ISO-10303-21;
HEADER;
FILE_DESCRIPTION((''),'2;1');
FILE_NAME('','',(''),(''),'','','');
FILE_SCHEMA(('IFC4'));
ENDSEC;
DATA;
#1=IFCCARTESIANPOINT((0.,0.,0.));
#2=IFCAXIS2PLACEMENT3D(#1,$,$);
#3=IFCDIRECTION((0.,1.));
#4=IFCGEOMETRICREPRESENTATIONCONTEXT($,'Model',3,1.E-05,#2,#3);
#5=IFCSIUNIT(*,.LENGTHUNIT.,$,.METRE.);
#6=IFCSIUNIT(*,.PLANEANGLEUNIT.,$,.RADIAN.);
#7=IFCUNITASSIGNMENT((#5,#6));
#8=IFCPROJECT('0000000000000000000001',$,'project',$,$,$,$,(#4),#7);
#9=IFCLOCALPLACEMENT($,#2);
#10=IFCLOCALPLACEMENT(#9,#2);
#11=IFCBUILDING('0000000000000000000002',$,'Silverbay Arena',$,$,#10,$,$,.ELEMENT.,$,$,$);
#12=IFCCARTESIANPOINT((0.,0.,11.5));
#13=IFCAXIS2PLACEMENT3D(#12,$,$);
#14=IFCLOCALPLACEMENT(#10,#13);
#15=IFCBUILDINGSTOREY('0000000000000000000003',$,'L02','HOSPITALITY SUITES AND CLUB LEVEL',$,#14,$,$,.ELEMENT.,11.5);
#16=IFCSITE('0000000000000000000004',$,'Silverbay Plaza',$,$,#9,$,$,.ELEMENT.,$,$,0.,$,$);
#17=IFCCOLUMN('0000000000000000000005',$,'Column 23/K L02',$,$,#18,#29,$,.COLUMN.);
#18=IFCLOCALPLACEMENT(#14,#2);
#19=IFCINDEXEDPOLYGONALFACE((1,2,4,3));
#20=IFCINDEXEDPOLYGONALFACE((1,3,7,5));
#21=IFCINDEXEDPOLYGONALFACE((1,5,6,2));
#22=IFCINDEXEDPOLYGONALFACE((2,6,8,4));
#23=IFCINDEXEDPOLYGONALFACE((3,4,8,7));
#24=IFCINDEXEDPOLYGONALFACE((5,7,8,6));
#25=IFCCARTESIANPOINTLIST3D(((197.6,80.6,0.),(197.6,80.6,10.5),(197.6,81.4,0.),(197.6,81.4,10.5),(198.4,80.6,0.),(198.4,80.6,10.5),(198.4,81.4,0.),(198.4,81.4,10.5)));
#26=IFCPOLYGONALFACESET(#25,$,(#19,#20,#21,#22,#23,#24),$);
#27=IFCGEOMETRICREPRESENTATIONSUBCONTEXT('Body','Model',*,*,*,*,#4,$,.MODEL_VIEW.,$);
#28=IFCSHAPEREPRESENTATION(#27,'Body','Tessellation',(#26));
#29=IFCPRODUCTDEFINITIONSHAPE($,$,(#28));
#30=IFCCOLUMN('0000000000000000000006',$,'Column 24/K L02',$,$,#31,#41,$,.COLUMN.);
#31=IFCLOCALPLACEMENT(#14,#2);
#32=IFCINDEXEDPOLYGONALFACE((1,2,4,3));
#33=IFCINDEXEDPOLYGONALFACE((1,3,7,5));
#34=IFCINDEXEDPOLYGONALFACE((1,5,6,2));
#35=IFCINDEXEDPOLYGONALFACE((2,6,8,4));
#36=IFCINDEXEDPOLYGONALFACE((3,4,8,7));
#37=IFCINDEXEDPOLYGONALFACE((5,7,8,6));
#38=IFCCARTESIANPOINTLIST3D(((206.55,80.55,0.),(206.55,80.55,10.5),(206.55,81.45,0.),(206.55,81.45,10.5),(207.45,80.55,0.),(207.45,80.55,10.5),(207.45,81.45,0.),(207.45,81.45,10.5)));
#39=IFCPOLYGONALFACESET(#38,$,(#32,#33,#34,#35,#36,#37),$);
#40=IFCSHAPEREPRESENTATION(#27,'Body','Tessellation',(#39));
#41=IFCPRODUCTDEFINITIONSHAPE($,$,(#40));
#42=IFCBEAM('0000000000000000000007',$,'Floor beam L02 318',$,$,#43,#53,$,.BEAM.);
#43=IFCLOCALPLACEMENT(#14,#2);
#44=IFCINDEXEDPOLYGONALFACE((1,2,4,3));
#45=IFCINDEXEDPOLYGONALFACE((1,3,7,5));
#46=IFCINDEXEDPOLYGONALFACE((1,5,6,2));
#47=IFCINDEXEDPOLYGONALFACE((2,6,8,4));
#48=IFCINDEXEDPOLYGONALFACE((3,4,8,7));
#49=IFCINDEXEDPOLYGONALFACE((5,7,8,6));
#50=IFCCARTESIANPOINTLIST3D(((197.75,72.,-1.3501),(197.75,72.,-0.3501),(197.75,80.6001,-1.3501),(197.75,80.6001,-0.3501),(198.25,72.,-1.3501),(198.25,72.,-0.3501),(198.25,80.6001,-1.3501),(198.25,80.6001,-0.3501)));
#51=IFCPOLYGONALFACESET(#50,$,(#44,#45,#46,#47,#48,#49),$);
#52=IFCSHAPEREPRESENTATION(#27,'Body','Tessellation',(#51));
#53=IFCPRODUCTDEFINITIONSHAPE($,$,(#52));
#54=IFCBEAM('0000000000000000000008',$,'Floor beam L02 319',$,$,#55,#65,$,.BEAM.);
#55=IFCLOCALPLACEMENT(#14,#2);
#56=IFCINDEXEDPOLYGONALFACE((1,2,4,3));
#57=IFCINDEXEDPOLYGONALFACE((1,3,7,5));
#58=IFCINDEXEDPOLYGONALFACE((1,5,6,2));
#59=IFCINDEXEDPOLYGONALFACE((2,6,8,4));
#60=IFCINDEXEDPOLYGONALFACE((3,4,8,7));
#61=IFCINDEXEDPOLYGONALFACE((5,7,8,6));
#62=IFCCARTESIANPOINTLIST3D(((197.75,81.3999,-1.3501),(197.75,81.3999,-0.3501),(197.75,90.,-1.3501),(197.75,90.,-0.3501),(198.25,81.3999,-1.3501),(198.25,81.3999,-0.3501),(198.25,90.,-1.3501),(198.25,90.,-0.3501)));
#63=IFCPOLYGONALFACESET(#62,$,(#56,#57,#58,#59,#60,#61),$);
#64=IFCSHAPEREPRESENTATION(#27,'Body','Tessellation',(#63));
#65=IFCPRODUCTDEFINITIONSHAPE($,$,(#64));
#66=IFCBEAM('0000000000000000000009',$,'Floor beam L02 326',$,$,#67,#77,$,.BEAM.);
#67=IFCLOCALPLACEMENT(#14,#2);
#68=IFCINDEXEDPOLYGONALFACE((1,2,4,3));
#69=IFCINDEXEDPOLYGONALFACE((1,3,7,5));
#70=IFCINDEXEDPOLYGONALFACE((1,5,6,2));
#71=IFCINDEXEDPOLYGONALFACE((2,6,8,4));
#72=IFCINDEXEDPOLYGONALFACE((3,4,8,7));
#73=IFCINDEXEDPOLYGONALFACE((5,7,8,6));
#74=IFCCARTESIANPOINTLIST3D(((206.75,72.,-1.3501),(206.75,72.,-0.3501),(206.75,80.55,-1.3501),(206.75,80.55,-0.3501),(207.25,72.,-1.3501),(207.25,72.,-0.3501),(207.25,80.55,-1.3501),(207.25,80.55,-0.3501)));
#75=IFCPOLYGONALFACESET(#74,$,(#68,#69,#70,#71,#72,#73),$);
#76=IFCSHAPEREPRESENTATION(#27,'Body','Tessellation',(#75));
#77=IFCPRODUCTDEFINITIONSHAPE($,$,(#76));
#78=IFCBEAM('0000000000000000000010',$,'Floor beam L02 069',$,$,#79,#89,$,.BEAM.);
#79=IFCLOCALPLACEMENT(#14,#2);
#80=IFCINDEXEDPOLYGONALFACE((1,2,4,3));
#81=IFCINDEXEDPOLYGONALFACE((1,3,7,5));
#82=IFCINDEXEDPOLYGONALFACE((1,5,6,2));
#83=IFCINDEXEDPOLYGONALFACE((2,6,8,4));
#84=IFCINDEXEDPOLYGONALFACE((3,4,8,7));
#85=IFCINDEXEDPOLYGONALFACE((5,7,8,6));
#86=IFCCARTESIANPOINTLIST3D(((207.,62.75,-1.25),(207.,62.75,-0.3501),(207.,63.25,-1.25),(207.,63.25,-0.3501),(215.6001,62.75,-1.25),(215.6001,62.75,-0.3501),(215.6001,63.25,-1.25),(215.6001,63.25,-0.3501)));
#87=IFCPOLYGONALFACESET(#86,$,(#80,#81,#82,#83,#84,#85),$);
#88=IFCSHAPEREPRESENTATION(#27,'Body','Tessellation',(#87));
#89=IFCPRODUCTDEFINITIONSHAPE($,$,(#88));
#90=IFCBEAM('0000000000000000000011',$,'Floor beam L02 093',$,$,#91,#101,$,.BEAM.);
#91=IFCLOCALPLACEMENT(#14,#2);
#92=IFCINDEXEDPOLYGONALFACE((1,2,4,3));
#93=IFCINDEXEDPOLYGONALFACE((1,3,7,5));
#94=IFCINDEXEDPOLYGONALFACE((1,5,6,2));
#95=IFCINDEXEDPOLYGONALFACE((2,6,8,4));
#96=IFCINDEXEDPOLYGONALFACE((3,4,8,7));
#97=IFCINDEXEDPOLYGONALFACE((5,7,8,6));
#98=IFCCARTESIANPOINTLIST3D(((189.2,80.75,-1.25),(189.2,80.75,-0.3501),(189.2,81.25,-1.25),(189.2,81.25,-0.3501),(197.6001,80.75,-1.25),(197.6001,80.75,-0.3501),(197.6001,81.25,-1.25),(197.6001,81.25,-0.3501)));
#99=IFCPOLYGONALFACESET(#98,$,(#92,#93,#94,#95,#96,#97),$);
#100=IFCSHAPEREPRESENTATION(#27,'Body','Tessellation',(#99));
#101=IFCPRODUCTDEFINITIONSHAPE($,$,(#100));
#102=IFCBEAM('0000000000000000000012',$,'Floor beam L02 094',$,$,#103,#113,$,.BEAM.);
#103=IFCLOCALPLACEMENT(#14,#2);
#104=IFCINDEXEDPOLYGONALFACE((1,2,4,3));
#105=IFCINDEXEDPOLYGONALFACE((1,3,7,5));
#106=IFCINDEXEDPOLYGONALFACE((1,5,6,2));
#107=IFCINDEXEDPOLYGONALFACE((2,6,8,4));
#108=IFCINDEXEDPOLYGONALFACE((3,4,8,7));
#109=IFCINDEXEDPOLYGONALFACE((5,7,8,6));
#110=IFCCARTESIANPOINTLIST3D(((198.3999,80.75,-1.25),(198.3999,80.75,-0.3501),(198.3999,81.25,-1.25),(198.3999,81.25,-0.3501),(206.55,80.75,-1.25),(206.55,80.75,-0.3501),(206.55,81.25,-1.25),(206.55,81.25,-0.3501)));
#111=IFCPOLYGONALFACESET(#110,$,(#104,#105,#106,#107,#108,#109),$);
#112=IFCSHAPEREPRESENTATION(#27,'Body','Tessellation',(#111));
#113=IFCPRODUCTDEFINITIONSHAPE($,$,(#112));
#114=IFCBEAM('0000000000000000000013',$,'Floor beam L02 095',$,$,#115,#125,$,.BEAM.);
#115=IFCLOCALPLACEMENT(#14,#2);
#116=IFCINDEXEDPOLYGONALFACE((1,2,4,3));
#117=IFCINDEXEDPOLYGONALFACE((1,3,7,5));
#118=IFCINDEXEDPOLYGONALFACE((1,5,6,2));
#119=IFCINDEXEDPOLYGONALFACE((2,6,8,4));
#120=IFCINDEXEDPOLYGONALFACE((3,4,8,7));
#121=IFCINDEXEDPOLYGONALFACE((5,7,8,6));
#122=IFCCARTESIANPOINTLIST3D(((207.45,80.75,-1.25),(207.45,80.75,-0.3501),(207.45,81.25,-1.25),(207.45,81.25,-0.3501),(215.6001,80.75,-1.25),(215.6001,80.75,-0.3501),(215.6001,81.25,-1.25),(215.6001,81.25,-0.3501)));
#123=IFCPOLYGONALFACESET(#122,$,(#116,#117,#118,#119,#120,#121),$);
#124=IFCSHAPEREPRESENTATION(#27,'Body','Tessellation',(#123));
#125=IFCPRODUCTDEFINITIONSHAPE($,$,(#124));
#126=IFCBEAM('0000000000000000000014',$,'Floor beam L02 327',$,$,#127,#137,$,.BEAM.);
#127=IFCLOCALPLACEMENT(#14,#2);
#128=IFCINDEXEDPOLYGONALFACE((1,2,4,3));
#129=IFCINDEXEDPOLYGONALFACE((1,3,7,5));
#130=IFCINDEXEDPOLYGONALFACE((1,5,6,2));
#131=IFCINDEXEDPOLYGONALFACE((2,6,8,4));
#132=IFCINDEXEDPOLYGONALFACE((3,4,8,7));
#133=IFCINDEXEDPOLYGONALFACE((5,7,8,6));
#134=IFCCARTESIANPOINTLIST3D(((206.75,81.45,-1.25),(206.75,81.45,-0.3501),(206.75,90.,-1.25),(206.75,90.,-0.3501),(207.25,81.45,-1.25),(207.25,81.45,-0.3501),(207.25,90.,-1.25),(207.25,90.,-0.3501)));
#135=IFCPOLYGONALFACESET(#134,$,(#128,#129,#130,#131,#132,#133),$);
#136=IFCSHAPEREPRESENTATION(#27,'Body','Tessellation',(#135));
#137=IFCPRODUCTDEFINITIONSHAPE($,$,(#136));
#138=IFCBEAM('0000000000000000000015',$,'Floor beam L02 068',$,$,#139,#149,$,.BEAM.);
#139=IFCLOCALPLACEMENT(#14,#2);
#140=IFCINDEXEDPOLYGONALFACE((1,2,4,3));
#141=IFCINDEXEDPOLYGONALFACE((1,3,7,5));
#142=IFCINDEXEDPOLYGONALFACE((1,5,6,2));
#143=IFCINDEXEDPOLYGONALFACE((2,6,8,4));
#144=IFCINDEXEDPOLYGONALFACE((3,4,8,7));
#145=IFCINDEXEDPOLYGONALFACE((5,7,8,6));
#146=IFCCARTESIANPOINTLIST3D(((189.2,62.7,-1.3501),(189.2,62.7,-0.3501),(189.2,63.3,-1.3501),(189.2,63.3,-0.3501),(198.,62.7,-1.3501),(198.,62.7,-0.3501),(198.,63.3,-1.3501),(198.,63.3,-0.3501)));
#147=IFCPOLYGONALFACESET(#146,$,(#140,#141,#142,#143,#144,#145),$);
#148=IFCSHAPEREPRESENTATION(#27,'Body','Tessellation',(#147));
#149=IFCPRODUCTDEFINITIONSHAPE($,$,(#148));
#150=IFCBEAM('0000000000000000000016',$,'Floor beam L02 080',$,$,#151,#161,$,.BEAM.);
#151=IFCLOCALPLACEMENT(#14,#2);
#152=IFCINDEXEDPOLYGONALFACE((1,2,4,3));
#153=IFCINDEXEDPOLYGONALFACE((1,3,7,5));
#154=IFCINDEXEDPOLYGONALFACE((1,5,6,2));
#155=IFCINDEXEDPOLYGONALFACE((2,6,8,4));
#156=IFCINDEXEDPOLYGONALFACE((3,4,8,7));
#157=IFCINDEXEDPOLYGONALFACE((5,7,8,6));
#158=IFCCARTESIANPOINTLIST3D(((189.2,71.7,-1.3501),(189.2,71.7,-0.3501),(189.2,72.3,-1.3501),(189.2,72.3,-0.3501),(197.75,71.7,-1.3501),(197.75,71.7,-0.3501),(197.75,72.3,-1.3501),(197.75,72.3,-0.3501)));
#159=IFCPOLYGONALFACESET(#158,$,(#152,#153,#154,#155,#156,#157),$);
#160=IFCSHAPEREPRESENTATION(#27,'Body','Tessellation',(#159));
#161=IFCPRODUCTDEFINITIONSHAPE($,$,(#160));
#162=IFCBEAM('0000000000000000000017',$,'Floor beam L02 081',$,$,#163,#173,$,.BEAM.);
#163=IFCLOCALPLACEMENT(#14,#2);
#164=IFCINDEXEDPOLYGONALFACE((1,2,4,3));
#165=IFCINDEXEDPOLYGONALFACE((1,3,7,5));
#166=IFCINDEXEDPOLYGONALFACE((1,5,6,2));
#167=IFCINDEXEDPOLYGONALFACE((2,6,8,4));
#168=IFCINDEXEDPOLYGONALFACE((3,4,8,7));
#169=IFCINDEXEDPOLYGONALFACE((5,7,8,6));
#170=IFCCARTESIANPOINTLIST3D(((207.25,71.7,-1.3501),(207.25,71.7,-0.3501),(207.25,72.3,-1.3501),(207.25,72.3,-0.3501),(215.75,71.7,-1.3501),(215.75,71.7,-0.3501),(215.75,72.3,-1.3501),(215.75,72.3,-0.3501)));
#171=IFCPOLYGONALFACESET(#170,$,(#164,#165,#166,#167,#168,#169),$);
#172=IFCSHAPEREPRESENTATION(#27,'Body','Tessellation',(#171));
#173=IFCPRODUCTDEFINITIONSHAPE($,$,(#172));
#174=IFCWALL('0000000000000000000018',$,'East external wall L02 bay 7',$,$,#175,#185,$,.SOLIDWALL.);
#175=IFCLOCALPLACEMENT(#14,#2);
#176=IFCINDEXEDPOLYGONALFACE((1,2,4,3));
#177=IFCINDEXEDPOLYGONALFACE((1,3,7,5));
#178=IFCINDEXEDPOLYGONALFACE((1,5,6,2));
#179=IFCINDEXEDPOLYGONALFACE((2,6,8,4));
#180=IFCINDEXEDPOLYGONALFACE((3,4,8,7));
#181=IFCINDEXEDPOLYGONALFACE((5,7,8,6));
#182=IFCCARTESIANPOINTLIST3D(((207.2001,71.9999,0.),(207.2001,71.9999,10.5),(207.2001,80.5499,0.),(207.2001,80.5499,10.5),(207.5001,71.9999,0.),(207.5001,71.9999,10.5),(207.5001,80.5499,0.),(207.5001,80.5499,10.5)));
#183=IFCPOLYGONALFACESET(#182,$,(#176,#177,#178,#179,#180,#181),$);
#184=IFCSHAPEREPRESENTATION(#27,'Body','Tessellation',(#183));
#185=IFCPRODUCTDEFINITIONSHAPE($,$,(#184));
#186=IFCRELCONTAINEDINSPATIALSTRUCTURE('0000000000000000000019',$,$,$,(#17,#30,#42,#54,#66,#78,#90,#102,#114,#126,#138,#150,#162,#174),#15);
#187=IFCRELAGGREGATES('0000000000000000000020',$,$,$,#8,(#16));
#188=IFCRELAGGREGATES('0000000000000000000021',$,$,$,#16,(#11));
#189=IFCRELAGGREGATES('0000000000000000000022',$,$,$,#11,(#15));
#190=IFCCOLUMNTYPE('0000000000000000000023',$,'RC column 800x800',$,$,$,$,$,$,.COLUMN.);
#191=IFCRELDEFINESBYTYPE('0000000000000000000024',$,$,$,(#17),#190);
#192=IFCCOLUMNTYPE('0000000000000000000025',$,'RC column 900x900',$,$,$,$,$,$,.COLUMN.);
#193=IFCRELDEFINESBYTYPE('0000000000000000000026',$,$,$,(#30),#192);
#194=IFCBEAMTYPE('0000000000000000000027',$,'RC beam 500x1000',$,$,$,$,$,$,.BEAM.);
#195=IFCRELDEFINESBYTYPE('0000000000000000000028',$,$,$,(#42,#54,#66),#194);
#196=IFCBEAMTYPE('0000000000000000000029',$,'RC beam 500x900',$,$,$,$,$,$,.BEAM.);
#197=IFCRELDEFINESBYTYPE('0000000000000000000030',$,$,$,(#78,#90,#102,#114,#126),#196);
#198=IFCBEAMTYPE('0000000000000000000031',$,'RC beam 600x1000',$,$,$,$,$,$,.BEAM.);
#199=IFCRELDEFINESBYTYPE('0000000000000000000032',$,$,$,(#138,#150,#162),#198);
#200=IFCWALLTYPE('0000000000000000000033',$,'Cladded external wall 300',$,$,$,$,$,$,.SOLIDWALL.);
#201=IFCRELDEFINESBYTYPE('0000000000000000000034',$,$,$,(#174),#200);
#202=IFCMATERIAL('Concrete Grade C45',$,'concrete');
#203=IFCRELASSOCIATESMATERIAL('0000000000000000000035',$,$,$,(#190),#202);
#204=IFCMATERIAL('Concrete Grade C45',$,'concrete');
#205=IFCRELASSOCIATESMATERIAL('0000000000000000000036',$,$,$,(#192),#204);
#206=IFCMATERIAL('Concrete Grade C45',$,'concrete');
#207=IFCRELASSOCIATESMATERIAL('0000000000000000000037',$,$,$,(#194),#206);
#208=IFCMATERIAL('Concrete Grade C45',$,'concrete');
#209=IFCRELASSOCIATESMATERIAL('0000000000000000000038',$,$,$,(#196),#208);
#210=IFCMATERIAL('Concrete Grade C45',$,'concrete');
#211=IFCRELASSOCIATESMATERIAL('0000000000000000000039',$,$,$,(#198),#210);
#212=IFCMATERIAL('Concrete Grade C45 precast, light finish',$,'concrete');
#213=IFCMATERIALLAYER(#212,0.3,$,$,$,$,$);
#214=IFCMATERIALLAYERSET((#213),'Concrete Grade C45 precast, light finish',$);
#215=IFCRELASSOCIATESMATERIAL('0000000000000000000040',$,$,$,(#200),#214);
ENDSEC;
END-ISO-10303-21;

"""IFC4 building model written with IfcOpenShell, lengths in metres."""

from ifc_helpers import new_model, si_unit, direction, frame, frame_2d, origin, origin_2d, place, context, subcontext, project, spatial, rectangle, extrude, material, layer, layer_set, material_profile, profile_set, type_object, element, save


model = new_model("IFC4")

# Units and contexts
model_context = context("Model", 3, precision=1e-05, world=origin(), true_north=direction((0.0, 1.0)))
body_context = subcontext(model_context, "Body", "Model", "MODEL_VIEW")
ifc_project = project(units=[si_unit("LENGTHUNIT", "METRE"), si_unit("PLANEANGLEUNIT", "RADIAN")], contexts=[model_context])

# Site, building, storey
site_placement = place(None, origin())
site = spatial("IfcSite", under=ifc_project, at=site_placement, Name="Silverbay Plaza", CompositionType="ELEMENT", RefElevation=0.0)
building_placement = place(site_placement, origin())
building = spatial("IfcBuilding", under=site, at=building_placement, Name="Silverbay Arena", CompositionType="ELEMENT")
storey_placement = place(building_placement, frame((0.0, 0.0, 11.5)))
storey = spatial("IfcBuildingStorey", under=building, at=storey_placement, Name="L02", Description="HOSPITALITY SUITES AND CLUB LEVEL", CompositionType="ELEMENT", Elevation=11.5)

# Columns
ifc_material_1 = material(Name="Concrete Grade C45", Category="concrete")
ifc_material_profile_1 = material_profile(ifc_material_1, rectangle(XDim=0.8, YDim=0.8, at=origin_2d()), Name="RC 800x800")
ifc_profile_set_1 = profile_set([ifc_material_profile_1], Name="Concrete Grade C45")
column_type_1 = type_object("IfcColumnType", Name="RC column 800x800", PredefinedType="COLUMN", material=ifc_profile_set_1)
column_1_placement = place(storey_placement, frame((198.0, 81.0, 0.0), z_axis=(0.0, 0.0, 1.0), x_axis=(1.0, 0.0, 0.0)))
element("IfcColumn", 1, at=column_1_placement, inside=storey, type_object=column_type_1, Name="Column 23/K L02", PredefinedType="COLUMN", context=body_context, shape_type="SweptSolid", body=[
    extrude(rectangle(XDim=0.8, YDim=0.8, at=origin_2d()), origin(), (0.0, 0.0, 1.0), 10.5),
])
ifc_material_2 = material(Name="Concrete Grade C45", Category="concrete")
ifc_material_profile_2 = material_profile(ifc_material_2, rectangle(XDim=0.8999, YDim=0.8999, at=origin_2d()), Name="RC 900x900")
ifc_profile_set_2 = profile_set([ifc_material_profile_2], Name="Concrete Grade C45")
column_type_2 = type_object("IfcColumnType", Name="RC column 900x900", PredefinedType="COLUMN", material=ifc_profile_set_2)
column_2_placement = place(storey_placement, frame((207.0, 81.0, 0.0), z_axis=(0.0, 0.0, 1.0), x_axis=(1.0, 0.0, 0.0)))
element("IfcColumn", 2, at=column_2_placement, inside=storey, type_object=column_type_2, Name="Column 24/K L02", PredefinedType="COLUMN", context=body_context, shape_type="SweptSolid", body=[
    extrude(rectangle(XDim=0.8999, YDim=0.8999, at=origin_2d()), origin(), (0.0, 0.0, 1.0), 10.5),
])

# Beams
ifc_material_3 = material(Name="Concrete Grade C45", Category="concrete")
ifc_material_profile_3 = material_profile(ifc_material_3, rectangle(XDim=0.5, YDim=1.0, at=origin_2d()), Name="RC 500x1000")
ifc_profile_set_3 = profile_set([ifc_material_profile_3], Name="Concrete Grade C45")
beam_type_1 = type_object("IfcBeamType", Name="RC beam 500x1000", PredefinedType="BEAM", material=ifc_profile_set_3)
for number, where, z_axis, x_axis, name in (
    (3, (198.0, 72.0, -0.8501), (0.0, 1.0, 0.0), (-1.0, 0.0, 0.0), "Floor beam L02 318"),
    (4, (198.0, 81.3999, -0.8501), (0.0, 1.0, 0.0), (-1.0, 0.0, 0.0), "Floor beam L02 319"),
):
    element("IfcBeam", number, at=place(storey_placement, frame(where, z_axis=z_axis, x_axis=x_axis)), inside=storey, type_object=beam_type_1, Name=name, PredefinedType="BEAM", context=body_context, shape_type="SweptSolid", body=[
        extrude(rectangle(XDim=0.5, YDim=1.0, at=origin_2d()), origin(), (0.0, 0.0, 1.0), 8.6001),
    ])
beam_1_placement = place(storey_placement, frame((207.0, 72.0, -0.8501), z_axis=(0.0, 1.0, 0.0), x_axis=(-1.0, 0.0, 0.0)))
element("IfcBeam", 5, at=beam_1_placement, inside=storey, type_object=beam_type_1, Name="Floor beam L02 326", PredefinedType="BEAM", context=body_context, shape_type="SweptSolid", body=[
    extrude(rectangle(XDim=0.5, YDim=1.0, at=origin_2d()), origin(), (0.0, 0.0, 1.0), 8.55),
])
ifc_material_4 = material(Name="Concrete Grade C45", Category="concrete")
ifc_material_profile_4 = material_profile(ifc_material_4, rectangle(XDim=0.5, YDim=0.8999, at=origin_2d()), Name="RC 500x900")
ifc_profile_set_4 = profile_set([ifc_material_profile_4], Name="Concrete Grade C45")
beam_type_2 = type_object("IfcBeamType", Name="RC beam 500x900", PredefinedType="BEAM", material=ifc_profile_set_4)
beam_2_placement = place(storey_placement, frame((207.0, 63.0, -0.8), z_axis=(1.0, 0.0, 0.0), x_axis=(0.0, 1.0, 0.0)))
element("IfcBeam", 6, at=beam_2_placement, inside=storey, type_object=beam_type_2, Name="Floor beam L02 069", PredefinedType="BEAM", context=body_context, shape_type="SweptSolid", body=[
    extrude(rectangle(XDim=0.5, YDim=0.8999, at=origin_2d()), origin(), (0.0, 0.0, 1.0), 8.6001),
])
beam_3_placement = place(storey_placement, frame((189.2, 81.0, -0.8), z_axis=(1.0, 0.0, 0.0), x_axis=(0.0, 1.0, 0.0)))
element("IfcBeam", 7, at=beam_3_placement, inside=storey, type_object=beam_type_2, Name="Floor beam L02 093", PredefinedType="BEAM", context=body_context, shape_type="SweptSolid", body=[
    extrude(rectangle(XDim=0.5, YDim=0.8999, at=origin_2d()), origin(), (0.0, 0.0, 1.0), 8.4001),
])
for number, where, z_axis, x_axis, name in (
    (8, (198.3999, 81.0, -0.8), (1.0, 0.0, 0.0), (0.0, 1.0, 0.0), "Floor beam L02 094"),
    (9, (207.45, 81.0, -0.8), (1.0, 0.0, 0.0), (0.0, 1.0, 0.0), "Floor beam L02 095"),
):
    element("IfcBeam", number, at=place(storey_placement, frame(where, z_axis=z_axis, x_axis=x_axis)), inside=storey, type_object=beam_type_2, Name=name, PredefinedType="BEAM", context=body_context, shape_type="SweptSolid", body=[
        extrude(rectangle(XDim=0.5, YDim=0.8999, at=origin_2d()), origin(), (0.0, 0.0, 1.0), 8.1501),
    ])
beam_4_placement = place(storey_placement, frame((207.0, 81.45, -0.8), z_axis=(0.0, 1.0, 0.0), x_axis=(-1.0, 0.0, 0.0)))
element("IfcBeam", 10, at=beam_4_placement, inside=storey, type_object=beam_type_2, Name="Floor beam L02 327", PredefinedType="BEAM", context=body_context, shape_type="SweptSolid", body=[
    extrude(rectangle(XDim=0.5, YDim=0.8999, at=origin_2d()), origin(), (0.0, 0.0, 1.0), 8.55),
])
ifc_material_5 = material(Name="Concrete Grade C45", Category="concrete")
ifc_material_profile_5 = material_profile(ifc_material_5, rectangle(XDim=0.6001, YDim=1.0, at=origin_2d()), Name="RC 600x1000")
ifc_profile_set_5 = profile_set([ifc_material_profile_5], Name="Concrete Grade C45")
beam_type_3 = type_object("IfcBeamType", Name="RC beam 600x1000", PredefinedType="BEAM", material=ifc_profile_set_5)
beam_5_placement = place(storey_placement, frame((189.2, 63.0, -0.8501), z_axis=(1.0, 0.0, 0.0), x_axis=(0.0, 1.0, 0.0)))
element("IfcBeam", 11, at=beam_5_placement, inside=storey, type_object=beam_type_3, Name="Floor beam L02 068", PredefinedType="BEAM", context=body_context, shape_type="SweptSolid", body=[
    extrude(rectangle(XDim=0.6001, YDim=1.0, at=origin_2d()), origin(), (0.0, 0.0, 1.0), 8.8),
])
beam_6_placement = place(storey_placement, frame((189.2, 72.0, -0.8501), z_axis=(1.0, 0.0, 0.0), x_axis=(0.0, 1.0, 0.0)))
element("IfcBeam", 12, at=beam_6_placement, inside=storey, type_object=beam_type_3, Name="Floor beam L02 080", PredefinedType="BEAM", context=body_context, shape_type="SweptSolid", body=[
    extrude(rectangle(XDim=0.6001, YDim=1.0, at=origin_2d()), origin(), (0.0, 0.0, 1.0), 8.55),
])
beam_7_placement = place(storey_placement, frame((207.25, 72.0, -0.8501), z_axis=(1.0, 0.0, 0.0), x_axis=(0.0, 1.0, 0.0)))
element("IfcBeam", 13, at=beam_7_placement, inside=storey, type_object=beam_type_3, Name="Floor beam L02 081", PredefinedType="BEAM", context=body_context, shape_type="SweptSolid", body=[
    extrude(rectangle(XDim=0.6001, YDim=1.0, at=origin_2d()), origin(), (0.0, 0.0, 1.0), 8.5),
])

# Wall
ifc_material_6 = material(Name="Concrete Grade C45 precast, light finish", Category="concrete")
ifc_layer_1 = layer(ifc_material_6, 0.3)
ifc_layer_set_1 = layer_set([ifc_layer_1], Name="Concrete Grade C45 precast, light finish")
wall_type_1 = type_object("IfcWallType", Name="Cladded external wall 300", PredefinedType="SOLIDWALL", material=ifc_layer_set_1)
for number, where, z_axis, x_axis, name in (
    (14, (207.3501, 72.0, 0.0), (0.0, 0.0, 1.0), (0.0, 1.0, 0.0), "East external wall L02 bay 7"),
):
    element("IfcWall", number, at=place(storey_placement, frame(where, z_axis=z_axis, x_axis=x_axis)), inside=storey, type_object=wall_type_1, Name=name, PredefinedType="SOLIDWALL", context=body_context, shape_type="SweptSolid", body=[
        extrude(rectangle(XDim=8.55, YDim=0.3, at=frame_2d((4.2749, 0.0))), origin(), (0.0, 0.0, 1.0), 10.5),
    ])

save(model, "model.ifc")
